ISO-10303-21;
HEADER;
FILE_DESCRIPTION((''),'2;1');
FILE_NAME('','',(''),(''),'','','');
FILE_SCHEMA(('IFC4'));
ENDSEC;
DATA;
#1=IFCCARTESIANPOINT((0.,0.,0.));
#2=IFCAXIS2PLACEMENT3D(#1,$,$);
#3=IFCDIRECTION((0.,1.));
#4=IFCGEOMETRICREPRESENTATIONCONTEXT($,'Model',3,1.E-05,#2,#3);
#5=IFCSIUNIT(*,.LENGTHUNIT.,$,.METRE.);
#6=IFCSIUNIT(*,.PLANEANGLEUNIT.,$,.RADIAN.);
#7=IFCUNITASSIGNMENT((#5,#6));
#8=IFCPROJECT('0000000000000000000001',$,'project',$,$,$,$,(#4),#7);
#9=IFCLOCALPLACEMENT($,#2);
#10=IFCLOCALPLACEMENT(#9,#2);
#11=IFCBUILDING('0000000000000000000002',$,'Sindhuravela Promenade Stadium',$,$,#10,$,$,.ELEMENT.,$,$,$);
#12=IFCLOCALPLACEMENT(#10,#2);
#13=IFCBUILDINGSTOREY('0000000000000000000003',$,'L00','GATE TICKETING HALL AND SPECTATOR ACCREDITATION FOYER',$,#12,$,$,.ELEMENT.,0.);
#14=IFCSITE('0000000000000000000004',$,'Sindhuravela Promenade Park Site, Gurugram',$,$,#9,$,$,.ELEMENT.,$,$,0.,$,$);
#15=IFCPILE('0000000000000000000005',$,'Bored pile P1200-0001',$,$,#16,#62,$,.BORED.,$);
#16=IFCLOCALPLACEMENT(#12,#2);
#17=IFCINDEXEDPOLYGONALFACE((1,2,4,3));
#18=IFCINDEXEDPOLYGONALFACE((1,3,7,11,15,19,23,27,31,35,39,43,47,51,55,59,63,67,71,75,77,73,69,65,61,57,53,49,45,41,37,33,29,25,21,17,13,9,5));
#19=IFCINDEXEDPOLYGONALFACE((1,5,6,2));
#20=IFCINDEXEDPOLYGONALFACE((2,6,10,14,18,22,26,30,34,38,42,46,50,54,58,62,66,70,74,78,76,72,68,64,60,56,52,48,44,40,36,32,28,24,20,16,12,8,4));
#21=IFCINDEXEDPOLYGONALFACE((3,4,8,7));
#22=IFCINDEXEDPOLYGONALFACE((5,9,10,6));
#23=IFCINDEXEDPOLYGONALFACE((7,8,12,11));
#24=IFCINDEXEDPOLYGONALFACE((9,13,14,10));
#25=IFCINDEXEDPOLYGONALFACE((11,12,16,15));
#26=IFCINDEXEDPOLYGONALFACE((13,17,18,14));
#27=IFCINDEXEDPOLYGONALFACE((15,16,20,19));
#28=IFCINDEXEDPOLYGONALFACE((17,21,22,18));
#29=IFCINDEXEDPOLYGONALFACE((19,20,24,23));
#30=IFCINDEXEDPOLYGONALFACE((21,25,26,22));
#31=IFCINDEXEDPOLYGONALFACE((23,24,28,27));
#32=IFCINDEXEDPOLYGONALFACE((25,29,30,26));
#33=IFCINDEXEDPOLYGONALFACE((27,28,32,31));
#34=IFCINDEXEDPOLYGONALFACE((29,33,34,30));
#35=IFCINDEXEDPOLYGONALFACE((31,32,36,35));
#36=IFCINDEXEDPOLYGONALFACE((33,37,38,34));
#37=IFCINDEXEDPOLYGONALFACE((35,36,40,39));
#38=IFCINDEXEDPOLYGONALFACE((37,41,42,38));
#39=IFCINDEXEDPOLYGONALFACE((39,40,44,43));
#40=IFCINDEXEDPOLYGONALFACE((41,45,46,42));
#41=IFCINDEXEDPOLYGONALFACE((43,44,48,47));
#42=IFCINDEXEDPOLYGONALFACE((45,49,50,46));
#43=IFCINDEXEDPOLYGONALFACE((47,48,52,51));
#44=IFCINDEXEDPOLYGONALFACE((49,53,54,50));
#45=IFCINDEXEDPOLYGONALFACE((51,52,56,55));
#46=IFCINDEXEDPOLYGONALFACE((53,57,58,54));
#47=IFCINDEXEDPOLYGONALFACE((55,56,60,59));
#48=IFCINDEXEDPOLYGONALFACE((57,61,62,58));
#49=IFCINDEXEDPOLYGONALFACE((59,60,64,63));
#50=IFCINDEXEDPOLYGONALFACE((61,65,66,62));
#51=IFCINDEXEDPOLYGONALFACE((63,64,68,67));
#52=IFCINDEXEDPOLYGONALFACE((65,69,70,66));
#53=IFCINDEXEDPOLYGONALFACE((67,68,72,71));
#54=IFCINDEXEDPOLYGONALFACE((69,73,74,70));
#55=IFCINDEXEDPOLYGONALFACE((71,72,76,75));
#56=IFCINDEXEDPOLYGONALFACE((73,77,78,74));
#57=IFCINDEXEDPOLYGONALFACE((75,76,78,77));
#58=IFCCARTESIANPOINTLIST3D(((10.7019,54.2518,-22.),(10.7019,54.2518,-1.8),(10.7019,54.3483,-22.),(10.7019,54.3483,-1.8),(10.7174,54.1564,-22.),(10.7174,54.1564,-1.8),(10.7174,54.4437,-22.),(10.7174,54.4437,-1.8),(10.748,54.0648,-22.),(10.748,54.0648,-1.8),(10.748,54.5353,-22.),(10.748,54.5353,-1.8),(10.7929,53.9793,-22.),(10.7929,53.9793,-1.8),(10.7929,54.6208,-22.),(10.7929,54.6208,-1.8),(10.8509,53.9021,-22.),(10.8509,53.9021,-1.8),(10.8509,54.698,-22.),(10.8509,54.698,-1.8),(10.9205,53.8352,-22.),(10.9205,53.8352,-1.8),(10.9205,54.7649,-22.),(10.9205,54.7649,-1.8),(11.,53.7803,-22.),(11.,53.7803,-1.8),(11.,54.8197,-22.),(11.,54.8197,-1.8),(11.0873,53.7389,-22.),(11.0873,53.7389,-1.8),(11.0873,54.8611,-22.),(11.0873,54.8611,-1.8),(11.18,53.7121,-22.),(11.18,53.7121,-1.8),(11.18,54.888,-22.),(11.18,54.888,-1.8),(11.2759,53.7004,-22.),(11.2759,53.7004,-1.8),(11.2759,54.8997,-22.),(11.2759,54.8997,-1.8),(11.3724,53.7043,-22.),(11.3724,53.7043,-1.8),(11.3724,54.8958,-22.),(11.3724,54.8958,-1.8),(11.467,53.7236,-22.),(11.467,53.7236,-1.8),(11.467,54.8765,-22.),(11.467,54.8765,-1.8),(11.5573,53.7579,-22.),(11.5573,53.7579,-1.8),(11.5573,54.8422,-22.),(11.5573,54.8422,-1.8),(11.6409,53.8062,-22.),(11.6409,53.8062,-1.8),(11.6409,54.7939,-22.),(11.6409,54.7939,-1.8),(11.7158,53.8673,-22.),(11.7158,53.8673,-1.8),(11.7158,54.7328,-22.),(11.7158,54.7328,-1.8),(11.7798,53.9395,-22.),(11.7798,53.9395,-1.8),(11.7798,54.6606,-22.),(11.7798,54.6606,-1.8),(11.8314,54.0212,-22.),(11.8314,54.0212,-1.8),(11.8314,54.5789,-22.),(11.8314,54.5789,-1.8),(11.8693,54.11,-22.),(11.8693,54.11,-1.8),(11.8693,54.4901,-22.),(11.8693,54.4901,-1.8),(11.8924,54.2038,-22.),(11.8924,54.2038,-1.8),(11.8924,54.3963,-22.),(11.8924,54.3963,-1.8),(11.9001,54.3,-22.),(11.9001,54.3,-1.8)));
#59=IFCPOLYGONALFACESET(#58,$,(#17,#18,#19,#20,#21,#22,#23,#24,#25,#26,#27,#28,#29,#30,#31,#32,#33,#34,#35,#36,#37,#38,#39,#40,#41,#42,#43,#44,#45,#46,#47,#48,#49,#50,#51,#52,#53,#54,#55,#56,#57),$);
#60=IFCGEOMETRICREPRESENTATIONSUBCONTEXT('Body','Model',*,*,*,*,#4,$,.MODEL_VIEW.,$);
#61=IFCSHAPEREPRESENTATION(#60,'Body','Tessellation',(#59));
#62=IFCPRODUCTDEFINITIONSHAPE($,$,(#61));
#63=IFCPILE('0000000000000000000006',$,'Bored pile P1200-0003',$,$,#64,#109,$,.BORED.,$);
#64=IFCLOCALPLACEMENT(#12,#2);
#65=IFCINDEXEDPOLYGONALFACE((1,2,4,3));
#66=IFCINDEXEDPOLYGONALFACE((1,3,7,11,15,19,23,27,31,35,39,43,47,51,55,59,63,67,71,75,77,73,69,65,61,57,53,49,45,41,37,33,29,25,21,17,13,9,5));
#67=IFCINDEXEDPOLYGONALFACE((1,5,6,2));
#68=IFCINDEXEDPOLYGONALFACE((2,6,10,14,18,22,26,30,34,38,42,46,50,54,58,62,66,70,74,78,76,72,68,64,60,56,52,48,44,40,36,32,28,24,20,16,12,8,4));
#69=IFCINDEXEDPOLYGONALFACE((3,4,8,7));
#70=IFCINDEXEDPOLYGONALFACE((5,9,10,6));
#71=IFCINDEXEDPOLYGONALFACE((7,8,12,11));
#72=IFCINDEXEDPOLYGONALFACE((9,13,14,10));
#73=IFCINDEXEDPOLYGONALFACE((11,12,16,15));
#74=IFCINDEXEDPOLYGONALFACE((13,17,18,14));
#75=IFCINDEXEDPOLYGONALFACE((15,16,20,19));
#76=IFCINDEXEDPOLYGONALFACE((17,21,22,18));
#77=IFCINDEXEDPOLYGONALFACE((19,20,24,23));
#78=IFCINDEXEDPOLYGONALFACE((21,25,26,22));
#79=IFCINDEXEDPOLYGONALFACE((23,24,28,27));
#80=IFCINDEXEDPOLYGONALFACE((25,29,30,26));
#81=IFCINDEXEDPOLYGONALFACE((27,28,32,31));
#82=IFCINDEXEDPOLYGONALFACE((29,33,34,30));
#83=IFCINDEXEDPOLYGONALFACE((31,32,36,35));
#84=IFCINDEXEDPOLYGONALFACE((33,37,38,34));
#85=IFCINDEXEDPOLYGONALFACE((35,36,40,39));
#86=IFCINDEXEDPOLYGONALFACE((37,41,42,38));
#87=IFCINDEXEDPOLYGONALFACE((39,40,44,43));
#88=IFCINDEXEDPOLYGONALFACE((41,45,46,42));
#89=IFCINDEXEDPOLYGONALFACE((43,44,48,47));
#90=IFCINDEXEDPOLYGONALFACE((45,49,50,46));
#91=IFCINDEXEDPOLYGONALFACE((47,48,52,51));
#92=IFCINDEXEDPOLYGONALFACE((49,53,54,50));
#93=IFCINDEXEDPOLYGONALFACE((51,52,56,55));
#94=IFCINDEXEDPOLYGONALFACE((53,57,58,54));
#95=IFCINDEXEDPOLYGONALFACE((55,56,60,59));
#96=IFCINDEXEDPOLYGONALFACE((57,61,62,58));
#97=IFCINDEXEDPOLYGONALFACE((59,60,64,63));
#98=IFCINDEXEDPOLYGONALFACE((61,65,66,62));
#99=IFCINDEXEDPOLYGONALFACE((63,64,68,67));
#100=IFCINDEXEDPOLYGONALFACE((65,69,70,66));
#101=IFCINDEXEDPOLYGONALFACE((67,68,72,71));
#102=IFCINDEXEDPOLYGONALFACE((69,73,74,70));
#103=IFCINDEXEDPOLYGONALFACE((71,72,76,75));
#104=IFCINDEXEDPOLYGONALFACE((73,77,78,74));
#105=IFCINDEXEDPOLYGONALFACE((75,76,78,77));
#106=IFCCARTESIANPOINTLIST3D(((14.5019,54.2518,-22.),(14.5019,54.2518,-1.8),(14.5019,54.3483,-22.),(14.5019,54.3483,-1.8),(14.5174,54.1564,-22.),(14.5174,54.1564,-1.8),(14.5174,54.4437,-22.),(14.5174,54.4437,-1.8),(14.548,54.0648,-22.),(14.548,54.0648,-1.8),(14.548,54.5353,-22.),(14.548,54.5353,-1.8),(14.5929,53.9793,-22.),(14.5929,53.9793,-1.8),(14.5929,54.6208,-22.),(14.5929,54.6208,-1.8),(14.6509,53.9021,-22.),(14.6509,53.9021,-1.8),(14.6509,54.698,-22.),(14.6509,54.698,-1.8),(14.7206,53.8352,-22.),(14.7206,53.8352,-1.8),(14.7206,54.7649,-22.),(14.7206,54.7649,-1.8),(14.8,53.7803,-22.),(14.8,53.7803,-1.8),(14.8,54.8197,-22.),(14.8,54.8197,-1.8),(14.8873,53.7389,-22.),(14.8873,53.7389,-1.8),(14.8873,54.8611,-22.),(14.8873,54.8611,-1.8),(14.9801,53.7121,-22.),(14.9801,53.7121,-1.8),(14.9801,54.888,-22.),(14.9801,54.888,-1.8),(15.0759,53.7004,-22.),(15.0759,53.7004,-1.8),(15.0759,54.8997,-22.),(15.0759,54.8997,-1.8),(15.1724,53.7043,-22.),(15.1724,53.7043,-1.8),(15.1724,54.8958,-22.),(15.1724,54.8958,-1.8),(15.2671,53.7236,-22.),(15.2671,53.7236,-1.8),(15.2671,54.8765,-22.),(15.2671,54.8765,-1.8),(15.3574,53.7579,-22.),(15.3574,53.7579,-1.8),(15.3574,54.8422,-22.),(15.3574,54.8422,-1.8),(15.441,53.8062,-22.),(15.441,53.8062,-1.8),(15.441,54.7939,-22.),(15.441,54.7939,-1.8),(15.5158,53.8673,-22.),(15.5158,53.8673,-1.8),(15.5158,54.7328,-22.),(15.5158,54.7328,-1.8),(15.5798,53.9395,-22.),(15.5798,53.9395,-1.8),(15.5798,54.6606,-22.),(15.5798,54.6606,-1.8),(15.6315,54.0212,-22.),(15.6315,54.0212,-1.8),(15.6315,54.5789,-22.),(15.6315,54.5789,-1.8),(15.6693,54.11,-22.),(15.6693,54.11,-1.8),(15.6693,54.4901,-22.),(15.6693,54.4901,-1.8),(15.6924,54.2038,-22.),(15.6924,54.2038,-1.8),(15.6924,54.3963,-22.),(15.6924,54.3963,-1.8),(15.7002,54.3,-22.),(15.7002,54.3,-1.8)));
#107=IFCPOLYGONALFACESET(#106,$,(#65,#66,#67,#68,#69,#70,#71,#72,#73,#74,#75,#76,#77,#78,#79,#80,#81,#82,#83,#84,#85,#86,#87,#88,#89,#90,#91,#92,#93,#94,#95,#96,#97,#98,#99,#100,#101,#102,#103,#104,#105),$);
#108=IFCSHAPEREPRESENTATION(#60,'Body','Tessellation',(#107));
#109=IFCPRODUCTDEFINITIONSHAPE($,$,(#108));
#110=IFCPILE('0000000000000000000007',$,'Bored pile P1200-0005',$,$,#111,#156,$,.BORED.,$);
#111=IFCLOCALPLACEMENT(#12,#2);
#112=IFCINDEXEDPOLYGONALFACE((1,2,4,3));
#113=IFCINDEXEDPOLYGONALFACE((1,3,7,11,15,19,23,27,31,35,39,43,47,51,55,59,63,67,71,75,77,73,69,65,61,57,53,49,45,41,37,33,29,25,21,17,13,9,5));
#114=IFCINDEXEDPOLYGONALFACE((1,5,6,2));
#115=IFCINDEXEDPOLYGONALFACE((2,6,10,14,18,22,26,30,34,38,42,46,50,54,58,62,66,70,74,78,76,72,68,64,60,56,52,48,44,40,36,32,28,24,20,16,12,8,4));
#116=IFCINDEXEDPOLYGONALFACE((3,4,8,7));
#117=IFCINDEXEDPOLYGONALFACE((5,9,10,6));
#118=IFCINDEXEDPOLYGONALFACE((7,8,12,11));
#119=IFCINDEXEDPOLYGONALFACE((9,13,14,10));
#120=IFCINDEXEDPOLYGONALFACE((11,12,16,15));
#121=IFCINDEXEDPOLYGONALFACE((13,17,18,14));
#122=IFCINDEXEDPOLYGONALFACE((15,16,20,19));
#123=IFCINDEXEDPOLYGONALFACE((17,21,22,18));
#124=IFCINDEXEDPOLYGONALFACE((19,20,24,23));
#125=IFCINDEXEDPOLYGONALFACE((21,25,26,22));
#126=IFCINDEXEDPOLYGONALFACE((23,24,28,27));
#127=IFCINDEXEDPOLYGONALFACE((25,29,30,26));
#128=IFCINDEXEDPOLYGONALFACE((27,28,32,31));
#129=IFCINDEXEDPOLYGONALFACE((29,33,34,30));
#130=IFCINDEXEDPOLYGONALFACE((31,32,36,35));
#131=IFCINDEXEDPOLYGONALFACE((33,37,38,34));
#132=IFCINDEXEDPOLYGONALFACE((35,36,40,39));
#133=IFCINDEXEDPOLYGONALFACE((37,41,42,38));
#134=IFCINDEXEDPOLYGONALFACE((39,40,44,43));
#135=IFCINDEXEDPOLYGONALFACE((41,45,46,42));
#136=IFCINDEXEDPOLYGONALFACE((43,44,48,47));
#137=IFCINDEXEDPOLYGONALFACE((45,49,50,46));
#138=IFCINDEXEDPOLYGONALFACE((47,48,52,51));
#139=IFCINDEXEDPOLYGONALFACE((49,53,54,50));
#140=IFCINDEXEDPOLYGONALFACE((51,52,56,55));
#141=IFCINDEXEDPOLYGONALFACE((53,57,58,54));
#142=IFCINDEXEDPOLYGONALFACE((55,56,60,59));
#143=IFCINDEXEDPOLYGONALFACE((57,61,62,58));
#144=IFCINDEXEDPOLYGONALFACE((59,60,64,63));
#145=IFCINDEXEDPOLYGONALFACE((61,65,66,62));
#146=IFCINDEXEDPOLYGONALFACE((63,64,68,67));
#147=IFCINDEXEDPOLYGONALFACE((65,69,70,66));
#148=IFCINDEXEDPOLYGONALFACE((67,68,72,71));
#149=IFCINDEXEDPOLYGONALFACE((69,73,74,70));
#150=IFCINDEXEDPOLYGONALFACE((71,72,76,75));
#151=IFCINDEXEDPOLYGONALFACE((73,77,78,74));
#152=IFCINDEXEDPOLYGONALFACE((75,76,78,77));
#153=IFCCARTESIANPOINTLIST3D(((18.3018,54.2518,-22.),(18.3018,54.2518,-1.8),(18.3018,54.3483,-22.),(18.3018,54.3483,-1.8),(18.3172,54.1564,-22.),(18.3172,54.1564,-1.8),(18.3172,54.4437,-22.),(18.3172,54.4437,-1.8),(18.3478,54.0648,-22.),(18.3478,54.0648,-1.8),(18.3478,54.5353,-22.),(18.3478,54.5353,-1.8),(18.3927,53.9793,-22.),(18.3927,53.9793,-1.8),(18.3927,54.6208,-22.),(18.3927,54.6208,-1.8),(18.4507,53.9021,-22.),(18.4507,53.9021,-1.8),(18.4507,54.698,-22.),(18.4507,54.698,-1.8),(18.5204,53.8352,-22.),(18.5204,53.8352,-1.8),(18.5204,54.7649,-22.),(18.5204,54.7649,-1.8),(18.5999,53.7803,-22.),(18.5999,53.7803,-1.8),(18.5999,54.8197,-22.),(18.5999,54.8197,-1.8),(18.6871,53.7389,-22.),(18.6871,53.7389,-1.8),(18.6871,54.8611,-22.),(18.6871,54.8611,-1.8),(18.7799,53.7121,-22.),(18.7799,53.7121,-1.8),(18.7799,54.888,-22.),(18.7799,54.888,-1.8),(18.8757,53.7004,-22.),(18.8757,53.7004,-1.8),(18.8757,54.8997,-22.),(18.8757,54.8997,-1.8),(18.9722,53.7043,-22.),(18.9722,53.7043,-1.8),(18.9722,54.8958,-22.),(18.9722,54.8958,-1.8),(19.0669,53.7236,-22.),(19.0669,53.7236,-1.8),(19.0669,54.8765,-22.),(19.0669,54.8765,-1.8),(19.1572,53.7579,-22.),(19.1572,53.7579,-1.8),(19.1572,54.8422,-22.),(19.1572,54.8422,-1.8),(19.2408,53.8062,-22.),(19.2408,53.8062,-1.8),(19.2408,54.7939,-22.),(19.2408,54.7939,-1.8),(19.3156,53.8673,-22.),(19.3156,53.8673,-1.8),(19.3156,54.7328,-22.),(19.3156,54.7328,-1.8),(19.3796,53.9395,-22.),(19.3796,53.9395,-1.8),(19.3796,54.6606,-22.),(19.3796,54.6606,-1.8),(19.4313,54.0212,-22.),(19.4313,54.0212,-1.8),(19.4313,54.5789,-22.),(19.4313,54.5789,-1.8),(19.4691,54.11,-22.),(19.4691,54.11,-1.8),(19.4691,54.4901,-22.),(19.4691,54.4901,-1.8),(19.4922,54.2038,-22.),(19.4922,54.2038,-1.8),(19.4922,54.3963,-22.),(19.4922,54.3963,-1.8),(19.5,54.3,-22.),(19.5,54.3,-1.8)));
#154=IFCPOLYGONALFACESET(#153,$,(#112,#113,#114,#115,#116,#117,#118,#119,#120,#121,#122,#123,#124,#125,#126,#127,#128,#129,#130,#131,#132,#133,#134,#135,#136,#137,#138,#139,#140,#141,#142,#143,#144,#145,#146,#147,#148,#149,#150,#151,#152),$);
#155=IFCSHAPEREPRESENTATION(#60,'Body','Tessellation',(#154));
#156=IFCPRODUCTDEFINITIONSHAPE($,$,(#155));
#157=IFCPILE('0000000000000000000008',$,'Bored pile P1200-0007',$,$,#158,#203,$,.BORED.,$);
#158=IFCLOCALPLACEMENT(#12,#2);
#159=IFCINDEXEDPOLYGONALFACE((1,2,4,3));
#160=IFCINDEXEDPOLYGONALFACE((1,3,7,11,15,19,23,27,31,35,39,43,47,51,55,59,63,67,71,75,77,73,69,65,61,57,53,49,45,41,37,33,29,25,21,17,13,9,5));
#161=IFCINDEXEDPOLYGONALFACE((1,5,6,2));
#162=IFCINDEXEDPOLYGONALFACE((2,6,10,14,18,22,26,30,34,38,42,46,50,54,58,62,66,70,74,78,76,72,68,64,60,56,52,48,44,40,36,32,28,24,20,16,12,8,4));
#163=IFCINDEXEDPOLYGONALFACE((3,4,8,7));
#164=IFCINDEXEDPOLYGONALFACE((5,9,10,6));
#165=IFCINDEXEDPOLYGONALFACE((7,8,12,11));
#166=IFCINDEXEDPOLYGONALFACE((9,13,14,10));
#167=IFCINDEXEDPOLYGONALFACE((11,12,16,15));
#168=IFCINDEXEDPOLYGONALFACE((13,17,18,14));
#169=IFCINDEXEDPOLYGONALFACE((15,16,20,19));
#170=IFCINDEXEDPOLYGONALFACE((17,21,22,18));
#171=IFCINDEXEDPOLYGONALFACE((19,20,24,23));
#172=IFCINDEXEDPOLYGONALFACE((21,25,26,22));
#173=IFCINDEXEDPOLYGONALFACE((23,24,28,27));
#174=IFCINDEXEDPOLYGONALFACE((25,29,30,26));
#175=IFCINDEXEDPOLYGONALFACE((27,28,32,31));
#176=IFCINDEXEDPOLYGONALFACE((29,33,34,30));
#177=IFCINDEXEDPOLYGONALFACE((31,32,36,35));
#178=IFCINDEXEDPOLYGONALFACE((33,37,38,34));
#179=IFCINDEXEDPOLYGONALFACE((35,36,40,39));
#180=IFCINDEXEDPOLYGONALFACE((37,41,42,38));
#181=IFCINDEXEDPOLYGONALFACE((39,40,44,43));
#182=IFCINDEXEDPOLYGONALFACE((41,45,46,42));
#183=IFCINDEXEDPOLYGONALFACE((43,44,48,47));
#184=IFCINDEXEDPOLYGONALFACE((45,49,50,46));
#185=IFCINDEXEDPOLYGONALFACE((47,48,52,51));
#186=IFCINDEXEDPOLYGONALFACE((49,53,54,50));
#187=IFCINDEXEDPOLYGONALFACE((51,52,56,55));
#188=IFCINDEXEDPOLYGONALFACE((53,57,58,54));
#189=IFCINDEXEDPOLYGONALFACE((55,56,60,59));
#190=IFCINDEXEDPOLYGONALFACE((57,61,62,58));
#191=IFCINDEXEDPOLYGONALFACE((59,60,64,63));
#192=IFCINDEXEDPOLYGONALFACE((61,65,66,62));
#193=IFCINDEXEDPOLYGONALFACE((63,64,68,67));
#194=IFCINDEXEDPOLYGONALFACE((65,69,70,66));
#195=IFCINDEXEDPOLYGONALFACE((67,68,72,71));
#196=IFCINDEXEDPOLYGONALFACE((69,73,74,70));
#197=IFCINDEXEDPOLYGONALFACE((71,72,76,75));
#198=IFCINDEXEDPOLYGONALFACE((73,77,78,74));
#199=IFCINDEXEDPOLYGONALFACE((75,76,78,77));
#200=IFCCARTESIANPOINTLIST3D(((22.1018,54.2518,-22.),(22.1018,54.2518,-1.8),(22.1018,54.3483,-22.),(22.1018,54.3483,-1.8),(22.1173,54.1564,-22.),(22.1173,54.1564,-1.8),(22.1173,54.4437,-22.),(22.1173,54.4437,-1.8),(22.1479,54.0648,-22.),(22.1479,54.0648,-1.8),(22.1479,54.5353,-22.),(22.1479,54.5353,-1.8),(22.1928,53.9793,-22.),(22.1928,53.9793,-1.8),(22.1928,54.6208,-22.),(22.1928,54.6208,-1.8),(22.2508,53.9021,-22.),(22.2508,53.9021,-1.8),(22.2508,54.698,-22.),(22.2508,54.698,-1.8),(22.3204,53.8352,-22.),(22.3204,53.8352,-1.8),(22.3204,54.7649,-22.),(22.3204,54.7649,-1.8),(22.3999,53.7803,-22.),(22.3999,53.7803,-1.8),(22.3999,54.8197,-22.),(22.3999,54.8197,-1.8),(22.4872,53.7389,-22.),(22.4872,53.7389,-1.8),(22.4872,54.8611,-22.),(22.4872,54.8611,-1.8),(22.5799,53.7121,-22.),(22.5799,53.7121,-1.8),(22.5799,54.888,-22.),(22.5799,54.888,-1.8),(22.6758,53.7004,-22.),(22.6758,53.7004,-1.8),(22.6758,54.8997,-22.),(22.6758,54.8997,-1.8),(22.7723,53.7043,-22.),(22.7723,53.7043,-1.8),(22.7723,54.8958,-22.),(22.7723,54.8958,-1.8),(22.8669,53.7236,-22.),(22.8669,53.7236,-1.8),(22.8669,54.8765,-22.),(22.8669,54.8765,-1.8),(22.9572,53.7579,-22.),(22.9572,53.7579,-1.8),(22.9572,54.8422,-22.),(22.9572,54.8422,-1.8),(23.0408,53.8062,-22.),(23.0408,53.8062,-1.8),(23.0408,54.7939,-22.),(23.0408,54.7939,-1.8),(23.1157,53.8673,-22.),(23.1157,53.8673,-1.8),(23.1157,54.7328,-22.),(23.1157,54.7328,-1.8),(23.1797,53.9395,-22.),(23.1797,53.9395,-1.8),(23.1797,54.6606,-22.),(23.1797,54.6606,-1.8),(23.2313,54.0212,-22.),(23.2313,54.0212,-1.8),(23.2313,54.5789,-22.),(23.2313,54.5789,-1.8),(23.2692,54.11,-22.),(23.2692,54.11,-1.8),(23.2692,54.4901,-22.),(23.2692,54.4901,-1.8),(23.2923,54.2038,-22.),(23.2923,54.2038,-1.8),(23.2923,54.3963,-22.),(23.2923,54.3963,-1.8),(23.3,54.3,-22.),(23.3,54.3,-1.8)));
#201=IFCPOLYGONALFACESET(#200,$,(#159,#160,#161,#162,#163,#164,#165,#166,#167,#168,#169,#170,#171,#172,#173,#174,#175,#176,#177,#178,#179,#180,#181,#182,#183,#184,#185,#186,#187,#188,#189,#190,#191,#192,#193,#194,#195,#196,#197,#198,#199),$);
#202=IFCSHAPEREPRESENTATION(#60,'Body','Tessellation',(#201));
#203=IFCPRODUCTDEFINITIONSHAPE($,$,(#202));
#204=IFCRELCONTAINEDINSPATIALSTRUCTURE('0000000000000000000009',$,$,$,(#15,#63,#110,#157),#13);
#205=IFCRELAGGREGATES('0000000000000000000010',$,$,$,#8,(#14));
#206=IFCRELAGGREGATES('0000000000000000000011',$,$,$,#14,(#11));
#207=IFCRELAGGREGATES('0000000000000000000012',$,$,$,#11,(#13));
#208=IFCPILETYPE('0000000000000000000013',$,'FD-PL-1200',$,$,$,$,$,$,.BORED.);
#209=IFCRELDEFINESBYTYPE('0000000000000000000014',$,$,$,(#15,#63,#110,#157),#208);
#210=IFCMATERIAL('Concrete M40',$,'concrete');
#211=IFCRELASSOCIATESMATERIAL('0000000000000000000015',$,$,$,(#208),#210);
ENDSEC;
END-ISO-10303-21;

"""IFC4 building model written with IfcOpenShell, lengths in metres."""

from ifc_helpers import new_model, si_unit, direction, frame, origin, origin_2d, place, context, subcontext, project, spatial, circle, extrude, material, material_profile, profile_set, type_object, element, save


model = new_model("IFC4")

# Units and contexts
model_context = context("Model", 3, precision=1e-05, world=origin(), true_north=direction((0.0, 1.0)))
body_context = subcontext(model_context, "Body", "Model", "MODEL_VIEW")
ifc_project = project(units=[si_unit("LENGTHUNIT", "METRE"), si_unit("PLANEANGLEUNIT", "RADIAN")], contexts=[model_context])

# Site, building, storey
site_placement = place(None, origin())
site = spatial("IfcSite", under=ifc_project, at=site_placement, Name="Sindhuravela Promenade Park Site, Gurugram", CompositionType="ELEMENT", RefElevation=0.0)
building_placement = place(site_placement, origin())
building = spatial("IfcBuilding", under=site, at=building_placement, Name="Sindhuravela Promenade Stadium", CompositionType="ELEMENT")
storey_placement = place(building_placement, origin())
storey = spatial("IfcBuildingStorey", under=building, at=storey_placement, Name="L00", Description="GATE TICKETING HALL AND SPECTATOR ACCREDITATION FOYER", CompositionType="ELEMENT", Elevation=0.0)

# Piles
ifc_material_1 = material(Name="Concrete M40", Category="concrete")
ifc_material_profile_1 = material_profile(ifc_material_1, circle(Radius=0.6001, at=origin_2d()), Name="BORED PILE D1200")
ifc_profile_set_1 = profile_set([ifc_material_profile_1], Name="Concrete M40")
pile_type_1 = type_object("IfcPileType", Name="FD-PL-1200", PredefinedType="BORED", material=ifc_profile_set_1)
for number, where, z_axis, x_axis, name in (
    (1, (11.3, 54.3, -1.8), (0.0, 0.0, -1.0), (1.0, 0.0, 0.0), "Bored pile P1200-0001"),
    (2, (15.1001, 54.3, -1.8), (0.0, 0.0, -1.0), (1.0, 0.0, 0.0), "Bored pile P1200-0003"),
    (3, (18.8999, 54.3, -1.8), (0.0, 0.0, -1.0), (1.0, 0.0, 0.0), "Bored pile P1200-0005"),
    (4, (22.7, 54.3, -1.8), (0.0, 0.0, -1.0), (1.0, 0.0, 0.0), "Bored pile P1200-0007"),
):
    element("IfcPile", number, at=place(storey_placement, frame(where, z_axis=z_axis, x_axis=x_axis)), inside=storey, type_object=pile_type_1, Name=name, PredefinedType="BORED", context=body_context, shape_type="SweptSolid", body=[
        extrude(circle(Radius=0.6001, at=origin_2d()), origin(), (0.0, 0.0, 1.0), 20.2),
    ])

save(model, "model.ifc")
